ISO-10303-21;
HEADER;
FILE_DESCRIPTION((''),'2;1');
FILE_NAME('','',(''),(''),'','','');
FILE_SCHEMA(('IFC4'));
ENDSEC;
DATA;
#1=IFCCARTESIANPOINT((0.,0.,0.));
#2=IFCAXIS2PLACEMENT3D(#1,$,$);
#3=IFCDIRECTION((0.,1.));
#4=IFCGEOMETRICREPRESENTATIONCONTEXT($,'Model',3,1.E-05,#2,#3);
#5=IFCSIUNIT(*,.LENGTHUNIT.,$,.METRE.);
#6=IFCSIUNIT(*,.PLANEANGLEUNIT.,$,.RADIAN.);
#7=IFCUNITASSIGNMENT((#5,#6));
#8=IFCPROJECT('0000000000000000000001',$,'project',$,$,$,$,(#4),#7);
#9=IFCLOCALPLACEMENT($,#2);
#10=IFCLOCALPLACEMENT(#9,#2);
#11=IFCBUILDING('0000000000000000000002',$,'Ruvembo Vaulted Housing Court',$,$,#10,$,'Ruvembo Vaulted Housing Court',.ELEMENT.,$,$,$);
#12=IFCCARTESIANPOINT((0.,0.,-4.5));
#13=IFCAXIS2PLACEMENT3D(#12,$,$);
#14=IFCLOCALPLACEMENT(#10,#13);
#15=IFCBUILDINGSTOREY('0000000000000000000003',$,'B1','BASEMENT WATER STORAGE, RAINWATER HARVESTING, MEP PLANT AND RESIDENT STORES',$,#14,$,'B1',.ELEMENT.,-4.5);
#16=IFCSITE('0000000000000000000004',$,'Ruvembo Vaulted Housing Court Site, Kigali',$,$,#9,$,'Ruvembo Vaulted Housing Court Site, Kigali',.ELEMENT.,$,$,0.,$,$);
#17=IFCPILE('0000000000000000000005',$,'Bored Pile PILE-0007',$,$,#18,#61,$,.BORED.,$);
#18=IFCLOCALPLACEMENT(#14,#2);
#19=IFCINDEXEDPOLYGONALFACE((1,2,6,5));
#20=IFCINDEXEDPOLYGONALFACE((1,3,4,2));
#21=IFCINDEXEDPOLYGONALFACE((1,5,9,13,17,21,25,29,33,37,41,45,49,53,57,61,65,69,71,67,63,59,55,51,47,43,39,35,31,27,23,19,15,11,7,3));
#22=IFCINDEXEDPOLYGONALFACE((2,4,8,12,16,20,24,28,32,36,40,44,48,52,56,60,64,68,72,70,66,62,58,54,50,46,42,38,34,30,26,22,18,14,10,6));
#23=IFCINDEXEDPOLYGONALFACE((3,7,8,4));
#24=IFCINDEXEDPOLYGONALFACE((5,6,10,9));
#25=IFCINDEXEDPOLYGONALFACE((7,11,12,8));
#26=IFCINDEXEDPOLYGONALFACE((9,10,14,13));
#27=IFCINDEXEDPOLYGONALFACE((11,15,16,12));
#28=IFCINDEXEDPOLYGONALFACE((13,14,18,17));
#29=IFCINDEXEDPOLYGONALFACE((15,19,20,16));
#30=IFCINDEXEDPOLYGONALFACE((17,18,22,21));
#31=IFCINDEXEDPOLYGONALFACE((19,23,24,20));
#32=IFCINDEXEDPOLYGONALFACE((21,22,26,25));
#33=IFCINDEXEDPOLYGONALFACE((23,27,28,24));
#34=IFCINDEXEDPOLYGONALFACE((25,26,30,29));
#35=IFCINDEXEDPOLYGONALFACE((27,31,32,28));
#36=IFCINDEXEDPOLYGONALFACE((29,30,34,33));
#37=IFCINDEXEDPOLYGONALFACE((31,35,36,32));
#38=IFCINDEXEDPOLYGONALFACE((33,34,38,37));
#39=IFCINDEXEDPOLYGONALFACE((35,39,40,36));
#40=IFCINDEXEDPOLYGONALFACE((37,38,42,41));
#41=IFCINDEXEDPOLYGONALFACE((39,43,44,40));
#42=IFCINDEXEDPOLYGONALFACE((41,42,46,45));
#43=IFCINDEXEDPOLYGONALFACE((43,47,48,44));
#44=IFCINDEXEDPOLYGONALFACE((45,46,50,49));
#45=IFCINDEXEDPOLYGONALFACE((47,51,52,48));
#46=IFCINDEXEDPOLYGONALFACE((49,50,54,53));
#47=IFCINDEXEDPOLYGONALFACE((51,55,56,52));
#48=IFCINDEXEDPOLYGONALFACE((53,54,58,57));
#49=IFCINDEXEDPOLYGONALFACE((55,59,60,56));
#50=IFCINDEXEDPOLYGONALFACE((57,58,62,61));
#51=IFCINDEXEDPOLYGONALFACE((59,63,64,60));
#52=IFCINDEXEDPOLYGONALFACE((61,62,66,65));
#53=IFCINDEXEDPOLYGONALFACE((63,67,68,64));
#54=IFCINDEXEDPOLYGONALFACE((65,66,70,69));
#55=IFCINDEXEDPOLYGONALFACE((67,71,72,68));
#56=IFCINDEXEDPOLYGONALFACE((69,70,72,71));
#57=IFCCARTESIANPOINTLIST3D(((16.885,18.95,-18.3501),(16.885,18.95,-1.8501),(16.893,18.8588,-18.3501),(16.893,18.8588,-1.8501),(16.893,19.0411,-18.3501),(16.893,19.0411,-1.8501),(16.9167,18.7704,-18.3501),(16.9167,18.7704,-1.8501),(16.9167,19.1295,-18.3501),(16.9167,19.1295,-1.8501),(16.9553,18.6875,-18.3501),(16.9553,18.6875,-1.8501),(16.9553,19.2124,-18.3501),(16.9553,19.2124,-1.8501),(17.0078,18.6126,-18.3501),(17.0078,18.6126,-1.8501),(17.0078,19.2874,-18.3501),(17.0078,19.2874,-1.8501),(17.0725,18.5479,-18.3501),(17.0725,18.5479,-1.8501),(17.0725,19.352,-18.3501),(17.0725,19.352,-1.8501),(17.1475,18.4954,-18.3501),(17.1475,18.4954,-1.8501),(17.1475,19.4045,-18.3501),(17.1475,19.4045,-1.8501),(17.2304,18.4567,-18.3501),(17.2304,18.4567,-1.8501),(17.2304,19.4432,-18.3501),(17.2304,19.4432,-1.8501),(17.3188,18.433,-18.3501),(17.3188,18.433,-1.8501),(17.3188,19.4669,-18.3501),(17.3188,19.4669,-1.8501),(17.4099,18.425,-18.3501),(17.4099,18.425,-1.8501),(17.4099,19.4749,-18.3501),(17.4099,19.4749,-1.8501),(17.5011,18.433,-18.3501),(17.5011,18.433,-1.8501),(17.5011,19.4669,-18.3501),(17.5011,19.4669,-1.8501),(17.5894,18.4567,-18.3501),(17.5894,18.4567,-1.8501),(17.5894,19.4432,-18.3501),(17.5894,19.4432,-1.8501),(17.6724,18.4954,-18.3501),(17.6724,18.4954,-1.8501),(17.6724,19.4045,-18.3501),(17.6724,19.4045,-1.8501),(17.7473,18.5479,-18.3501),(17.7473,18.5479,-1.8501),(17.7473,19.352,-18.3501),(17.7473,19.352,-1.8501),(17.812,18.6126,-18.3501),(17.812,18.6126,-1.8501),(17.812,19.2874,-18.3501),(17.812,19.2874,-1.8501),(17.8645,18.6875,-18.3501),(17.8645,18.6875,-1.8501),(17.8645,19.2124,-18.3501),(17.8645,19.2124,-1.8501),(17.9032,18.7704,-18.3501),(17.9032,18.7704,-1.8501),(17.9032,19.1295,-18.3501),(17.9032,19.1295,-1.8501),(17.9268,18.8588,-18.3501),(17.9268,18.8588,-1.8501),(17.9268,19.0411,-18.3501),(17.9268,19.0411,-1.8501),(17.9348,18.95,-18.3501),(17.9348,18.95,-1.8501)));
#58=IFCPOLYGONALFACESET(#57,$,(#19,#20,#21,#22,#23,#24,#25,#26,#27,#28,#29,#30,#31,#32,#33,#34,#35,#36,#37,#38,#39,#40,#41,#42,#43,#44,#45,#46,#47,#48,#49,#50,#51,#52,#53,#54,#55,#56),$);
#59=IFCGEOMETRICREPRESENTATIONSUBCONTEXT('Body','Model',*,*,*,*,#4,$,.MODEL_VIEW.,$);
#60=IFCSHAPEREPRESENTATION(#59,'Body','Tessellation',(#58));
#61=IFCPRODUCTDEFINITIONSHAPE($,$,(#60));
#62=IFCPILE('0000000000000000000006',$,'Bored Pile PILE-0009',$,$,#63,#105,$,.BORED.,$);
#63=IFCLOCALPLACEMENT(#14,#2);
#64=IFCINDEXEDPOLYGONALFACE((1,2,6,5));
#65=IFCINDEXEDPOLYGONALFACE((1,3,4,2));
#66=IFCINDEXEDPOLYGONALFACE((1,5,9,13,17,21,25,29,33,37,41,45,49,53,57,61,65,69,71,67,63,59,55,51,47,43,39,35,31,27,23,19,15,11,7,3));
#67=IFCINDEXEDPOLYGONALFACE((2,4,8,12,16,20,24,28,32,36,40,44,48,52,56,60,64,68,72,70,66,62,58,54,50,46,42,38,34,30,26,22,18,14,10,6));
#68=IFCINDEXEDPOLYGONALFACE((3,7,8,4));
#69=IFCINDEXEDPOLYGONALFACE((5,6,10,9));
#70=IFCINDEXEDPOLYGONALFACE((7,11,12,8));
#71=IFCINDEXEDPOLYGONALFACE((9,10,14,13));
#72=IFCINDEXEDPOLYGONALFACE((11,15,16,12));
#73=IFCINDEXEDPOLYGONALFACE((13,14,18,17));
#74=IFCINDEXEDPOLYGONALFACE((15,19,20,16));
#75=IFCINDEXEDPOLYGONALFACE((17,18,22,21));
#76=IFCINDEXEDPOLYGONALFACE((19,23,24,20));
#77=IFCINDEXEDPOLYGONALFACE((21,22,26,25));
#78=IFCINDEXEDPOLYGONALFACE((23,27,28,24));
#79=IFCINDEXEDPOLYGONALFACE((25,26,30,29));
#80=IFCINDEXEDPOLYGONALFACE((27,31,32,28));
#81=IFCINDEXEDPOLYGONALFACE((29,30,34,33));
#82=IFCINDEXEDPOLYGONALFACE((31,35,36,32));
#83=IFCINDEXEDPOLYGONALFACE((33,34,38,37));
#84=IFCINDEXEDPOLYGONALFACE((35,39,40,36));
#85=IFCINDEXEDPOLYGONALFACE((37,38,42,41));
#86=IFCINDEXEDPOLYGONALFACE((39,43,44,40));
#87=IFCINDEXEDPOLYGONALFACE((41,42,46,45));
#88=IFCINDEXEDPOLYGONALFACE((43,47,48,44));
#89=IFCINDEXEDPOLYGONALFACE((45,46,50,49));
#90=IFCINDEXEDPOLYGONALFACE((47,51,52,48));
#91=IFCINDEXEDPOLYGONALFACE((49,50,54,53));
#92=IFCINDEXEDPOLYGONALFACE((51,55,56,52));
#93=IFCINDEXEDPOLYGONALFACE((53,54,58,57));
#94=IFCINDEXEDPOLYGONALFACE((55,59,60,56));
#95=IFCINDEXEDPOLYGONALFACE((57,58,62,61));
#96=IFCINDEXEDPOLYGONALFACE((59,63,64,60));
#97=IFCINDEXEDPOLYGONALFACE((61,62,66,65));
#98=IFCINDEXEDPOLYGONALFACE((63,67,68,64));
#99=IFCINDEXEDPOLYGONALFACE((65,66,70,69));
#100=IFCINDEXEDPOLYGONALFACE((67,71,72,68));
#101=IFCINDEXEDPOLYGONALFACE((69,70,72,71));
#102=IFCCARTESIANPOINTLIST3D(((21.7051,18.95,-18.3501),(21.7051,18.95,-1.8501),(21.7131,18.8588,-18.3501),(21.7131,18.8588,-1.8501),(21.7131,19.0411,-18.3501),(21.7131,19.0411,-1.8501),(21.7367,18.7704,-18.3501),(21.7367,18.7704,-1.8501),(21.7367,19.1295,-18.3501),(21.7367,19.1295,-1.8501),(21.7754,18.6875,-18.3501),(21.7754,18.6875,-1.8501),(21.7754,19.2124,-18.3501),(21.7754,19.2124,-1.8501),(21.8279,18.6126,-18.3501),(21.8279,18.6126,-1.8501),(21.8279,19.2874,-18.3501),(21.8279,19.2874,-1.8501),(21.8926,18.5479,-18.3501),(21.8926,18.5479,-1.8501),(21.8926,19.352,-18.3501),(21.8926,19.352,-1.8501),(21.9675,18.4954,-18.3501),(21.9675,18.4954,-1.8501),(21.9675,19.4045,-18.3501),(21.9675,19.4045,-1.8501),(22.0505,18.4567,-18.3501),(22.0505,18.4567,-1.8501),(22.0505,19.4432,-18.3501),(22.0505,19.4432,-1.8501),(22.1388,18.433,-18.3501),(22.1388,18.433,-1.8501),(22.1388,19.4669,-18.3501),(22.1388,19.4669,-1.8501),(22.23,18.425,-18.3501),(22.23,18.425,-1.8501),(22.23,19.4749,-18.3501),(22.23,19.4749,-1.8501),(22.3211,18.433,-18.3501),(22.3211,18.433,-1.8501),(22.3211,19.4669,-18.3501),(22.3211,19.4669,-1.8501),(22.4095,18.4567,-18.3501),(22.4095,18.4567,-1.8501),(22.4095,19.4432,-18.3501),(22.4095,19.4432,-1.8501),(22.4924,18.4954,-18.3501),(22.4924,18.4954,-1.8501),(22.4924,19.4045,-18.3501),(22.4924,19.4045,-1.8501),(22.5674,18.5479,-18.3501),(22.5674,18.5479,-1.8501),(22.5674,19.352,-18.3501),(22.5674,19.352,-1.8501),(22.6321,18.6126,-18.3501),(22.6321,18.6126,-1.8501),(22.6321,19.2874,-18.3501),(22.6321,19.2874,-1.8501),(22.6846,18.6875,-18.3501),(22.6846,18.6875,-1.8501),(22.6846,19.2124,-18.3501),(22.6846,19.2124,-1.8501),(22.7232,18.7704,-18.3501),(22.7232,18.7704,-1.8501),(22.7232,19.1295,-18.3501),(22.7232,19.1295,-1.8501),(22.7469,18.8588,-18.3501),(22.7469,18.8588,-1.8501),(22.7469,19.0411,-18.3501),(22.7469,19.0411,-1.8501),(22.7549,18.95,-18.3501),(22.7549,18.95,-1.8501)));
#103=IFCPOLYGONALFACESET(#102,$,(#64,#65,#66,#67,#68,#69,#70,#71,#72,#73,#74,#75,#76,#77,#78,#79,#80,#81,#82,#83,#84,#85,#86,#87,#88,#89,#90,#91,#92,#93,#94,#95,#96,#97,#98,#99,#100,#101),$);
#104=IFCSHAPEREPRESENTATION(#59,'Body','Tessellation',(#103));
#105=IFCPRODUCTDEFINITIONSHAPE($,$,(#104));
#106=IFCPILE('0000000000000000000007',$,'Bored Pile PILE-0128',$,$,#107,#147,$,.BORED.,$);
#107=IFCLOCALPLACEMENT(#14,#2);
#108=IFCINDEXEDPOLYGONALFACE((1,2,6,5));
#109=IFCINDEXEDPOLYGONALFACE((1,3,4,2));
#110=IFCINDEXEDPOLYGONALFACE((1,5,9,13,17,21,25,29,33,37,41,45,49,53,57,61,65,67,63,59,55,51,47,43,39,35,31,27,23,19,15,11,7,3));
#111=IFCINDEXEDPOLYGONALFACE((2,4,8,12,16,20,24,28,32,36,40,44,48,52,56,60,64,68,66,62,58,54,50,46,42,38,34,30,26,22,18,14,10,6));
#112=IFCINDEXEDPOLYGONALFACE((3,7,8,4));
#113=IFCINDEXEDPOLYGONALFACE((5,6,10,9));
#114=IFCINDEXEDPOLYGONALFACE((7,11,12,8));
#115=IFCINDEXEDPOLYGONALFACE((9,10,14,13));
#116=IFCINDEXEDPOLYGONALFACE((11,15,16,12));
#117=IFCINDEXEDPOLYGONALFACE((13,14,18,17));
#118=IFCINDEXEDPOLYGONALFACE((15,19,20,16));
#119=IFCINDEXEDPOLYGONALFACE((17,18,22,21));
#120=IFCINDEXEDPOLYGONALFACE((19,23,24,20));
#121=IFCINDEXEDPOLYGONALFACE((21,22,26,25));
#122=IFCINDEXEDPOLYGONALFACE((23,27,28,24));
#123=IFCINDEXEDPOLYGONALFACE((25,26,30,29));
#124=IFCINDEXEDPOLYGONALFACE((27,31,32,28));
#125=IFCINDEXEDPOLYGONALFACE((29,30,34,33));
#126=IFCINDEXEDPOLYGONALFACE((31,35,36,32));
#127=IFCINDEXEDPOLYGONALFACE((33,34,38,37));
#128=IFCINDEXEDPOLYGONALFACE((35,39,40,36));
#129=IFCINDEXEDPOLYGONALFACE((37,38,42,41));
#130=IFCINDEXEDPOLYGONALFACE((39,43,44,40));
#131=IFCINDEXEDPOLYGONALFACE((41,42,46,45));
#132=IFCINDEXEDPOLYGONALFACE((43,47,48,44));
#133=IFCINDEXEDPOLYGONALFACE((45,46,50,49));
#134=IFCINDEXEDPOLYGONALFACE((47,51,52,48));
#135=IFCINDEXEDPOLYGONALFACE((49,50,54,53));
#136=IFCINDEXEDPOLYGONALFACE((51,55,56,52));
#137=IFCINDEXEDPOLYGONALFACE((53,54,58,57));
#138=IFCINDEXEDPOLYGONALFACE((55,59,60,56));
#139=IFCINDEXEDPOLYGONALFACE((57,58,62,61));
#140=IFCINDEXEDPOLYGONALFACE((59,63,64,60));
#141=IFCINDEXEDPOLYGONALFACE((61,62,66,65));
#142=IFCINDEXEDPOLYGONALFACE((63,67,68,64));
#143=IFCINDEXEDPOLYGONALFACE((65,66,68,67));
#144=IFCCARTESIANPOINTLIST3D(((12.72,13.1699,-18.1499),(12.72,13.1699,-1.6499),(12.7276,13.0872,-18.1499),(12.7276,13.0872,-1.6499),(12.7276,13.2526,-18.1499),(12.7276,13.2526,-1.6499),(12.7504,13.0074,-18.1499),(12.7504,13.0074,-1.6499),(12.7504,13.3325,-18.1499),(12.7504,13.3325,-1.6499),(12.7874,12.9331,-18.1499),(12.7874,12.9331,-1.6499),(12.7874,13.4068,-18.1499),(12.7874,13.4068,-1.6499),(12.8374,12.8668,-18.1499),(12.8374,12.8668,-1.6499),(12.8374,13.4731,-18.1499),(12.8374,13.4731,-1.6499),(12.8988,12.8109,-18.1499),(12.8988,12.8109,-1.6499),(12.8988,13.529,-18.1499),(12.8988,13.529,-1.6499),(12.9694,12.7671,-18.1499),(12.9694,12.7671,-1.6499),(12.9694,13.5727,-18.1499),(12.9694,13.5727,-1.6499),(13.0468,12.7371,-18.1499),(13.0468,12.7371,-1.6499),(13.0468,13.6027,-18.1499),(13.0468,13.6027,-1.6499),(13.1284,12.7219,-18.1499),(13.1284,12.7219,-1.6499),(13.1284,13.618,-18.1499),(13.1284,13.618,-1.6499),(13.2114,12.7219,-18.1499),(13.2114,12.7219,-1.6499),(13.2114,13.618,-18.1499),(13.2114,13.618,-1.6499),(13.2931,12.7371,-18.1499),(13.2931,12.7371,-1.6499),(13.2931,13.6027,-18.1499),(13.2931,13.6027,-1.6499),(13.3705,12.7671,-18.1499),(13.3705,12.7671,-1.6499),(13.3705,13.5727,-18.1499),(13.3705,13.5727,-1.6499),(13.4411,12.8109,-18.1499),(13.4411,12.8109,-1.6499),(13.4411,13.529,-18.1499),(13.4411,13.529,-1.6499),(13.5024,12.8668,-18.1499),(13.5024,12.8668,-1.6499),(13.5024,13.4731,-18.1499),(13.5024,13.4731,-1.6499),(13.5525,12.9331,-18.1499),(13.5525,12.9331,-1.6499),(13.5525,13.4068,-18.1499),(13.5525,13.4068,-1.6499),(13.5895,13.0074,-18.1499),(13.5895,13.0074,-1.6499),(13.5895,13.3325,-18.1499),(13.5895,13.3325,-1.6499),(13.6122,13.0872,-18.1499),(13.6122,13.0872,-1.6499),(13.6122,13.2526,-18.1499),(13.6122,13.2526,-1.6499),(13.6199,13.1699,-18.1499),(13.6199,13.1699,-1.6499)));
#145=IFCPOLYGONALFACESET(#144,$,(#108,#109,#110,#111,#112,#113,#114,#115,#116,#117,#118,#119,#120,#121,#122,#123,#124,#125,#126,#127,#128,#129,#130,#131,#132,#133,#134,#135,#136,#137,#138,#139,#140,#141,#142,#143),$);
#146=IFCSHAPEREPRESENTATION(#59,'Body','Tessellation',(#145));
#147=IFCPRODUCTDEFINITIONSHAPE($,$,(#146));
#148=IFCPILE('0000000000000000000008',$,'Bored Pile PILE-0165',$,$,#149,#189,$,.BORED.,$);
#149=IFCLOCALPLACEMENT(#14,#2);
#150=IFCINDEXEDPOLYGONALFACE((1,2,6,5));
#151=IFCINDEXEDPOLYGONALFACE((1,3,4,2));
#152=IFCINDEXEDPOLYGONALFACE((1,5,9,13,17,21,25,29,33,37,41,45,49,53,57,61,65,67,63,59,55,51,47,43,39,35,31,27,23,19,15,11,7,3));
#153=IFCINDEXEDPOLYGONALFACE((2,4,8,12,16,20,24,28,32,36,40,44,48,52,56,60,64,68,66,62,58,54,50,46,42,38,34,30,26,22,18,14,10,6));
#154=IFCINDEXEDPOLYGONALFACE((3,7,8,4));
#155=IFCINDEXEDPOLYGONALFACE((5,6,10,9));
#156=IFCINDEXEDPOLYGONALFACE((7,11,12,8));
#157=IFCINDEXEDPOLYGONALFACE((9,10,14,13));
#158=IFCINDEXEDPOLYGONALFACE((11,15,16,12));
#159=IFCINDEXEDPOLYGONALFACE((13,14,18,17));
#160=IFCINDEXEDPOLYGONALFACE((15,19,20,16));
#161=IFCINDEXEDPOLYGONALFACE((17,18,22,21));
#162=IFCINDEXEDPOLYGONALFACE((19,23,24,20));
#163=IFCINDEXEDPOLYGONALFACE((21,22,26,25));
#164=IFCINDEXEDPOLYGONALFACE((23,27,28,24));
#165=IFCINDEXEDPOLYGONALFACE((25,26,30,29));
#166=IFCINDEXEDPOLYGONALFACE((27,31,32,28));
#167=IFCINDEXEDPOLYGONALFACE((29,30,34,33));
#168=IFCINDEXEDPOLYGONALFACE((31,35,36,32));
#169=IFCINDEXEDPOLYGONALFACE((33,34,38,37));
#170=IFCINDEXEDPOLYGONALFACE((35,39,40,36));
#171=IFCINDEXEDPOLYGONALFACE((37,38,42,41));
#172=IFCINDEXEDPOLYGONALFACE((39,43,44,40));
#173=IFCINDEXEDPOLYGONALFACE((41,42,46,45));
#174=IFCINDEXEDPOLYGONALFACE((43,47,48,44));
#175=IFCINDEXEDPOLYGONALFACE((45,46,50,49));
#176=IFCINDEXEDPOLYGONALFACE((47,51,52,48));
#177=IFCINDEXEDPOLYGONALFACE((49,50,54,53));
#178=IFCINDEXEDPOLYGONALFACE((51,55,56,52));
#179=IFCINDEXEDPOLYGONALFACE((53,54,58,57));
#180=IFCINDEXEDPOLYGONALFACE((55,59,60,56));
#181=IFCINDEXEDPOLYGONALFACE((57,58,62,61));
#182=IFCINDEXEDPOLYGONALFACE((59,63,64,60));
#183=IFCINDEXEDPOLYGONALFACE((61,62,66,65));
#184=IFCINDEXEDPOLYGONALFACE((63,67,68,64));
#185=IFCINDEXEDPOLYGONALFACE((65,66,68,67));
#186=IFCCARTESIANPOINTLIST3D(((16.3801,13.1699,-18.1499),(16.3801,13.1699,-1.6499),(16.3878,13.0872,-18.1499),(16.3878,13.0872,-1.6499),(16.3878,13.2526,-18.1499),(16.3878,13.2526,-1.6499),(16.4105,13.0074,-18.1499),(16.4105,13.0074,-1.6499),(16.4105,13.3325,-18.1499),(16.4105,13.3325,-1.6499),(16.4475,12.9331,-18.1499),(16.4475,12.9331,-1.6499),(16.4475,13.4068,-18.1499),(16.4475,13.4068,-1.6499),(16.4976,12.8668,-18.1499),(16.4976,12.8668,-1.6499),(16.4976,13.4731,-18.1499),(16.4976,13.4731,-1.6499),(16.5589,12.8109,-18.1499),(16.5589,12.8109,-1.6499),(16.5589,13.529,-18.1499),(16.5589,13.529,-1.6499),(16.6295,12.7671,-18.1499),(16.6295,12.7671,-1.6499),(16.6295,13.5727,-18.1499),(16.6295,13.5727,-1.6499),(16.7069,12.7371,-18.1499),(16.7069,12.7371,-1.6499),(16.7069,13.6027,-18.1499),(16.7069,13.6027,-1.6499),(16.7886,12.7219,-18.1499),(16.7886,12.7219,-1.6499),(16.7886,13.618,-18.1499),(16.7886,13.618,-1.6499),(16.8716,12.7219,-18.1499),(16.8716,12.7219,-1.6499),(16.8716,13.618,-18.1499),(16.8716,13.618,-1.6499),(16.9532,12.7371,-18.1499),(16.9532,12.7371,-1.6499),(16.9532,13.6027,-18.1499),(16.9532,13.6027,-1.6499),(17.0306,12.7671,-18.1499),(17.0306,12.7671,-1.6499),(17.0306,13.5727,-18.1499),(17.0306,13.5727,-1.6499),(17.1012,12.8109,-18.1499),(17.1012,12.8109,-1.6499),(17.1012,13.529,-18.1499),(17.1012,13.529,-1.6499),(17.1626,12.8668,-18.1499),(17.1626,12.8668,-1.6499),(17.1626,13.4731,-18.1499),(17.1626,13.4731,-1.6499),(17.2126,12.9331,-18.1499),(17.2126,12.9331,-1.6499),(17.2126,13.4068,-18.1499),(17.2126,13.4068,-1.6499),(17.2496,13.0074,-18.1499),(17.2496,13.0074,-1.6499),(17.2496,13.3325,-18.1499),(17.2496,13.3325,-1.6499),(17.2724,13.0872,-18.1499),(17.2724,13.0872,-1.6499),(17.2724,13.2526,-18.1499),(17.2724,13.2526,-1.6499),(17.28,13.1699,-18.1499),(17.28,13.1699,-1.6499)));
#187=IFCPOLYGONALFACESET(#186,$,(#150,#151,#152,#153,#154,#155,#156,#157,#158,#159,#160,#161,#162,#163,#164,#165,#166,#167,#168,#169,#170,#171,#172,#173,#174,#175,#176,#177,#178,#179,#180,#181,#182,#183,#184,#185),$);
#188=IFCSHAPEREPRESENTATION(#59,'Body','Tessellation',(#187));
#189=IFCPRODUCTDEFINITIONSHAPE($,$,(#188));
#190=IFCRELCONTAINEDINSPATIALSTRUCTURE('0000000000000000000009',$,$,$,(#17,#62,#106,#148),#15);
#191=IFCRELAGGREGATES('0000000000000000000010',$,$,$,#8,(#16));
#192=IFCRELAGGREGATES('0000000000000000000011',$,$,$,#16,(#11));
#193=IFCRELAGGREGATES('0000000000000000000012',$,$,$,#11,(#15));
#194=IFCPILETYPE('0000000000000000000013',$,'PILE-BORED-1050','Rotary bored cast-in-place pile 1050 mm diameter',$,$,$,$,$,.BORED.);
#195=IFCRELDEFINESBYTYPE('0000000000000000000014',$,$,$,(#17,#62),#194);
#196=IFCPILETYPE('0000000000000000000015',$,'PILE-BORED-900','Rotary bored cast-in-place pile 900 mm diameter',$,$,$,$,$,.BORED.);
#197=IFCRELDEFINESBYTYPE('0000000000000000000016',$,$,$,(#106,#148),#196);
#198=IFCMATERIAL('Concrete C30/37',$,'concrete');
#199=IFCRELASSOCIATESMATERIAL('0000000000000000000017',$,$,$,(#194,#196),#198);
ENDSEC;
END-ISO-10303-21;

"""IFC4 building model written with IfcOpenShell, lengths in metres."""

from ifc_helpers import new_model, si_unit, direction, frame, origin, origin_2d, place, context, subcontext, project, spatial, circle, extrude, material, material_profile, profile_set, type_object, element, save


model = new_model("IFC4")

# Units and contexts
model_context = context("Model", 3, precision=1e-05, world=origin(), true_north=direction((0.0, 1.0)))
body_context = subcontext(model_context, "Body", "Model", "MODEL_VIEW")
ifc_project = project(units=[si_unit("LENGTHUNIT", "METRE"), si_unit("PLANEANGLEUNIT", "RADIAN")], contexts=[model_context])

# Site, building, storey
site_placement = place(None, origin())
site = spatial("IfcSite", under=ifc_project, at=site_placement, Name="Ruvembo Vaulted Housing Court Site, Kigali", LongName="Ruvembo Vaulted Housing Court Site, Kigali", CompositionType="ELEMENT", RefElevation=0.0)
building_placement = place(site_placement, origin())
building = spatial("IfcBuilding", under=site, at=building_placement, Name="Ruvembo Vaulted Housing Court", LongName="Ruvembo Vaulted Housing Court", CompositionType="ELEMENT")
storey_placement = place(building_placement, frame((0.0, 0.0, -4.5)))
storey = spatial("IfcBuildingStorey", under=building, at=storey_placement, Name="B1", Description="BASEMENT WATER STORAGE, RAINWATER HARVESTING, MEP PLANT AND RESIDENT STORES", LongName="B1", CompositionType="ELEMENT", Elevation=-4.5)

# Piles
ifc_material_1 = material(Name="Concrete C30/37", Category="concrete")
ifc_material_profile_1 = material_profile(ifc_material_1, circle(Radius=0.5249, at=origin_2d()), Name="PILE D1050")
ifc_profile_set_1 = profile_set([ifc_material_profile_1], Name="Concrete C30/37")
pile_type_1 = type_object("IfcPileType", Name="PILE-BORED-1050", Description="Rotary bored cast-in-place pile 1050 mm diameter", PredefinedType="BORED", material=ifc_profile_set_1)
for number, where, z_axis, x_axis, name in (
    (1, (17.4099, 18.95, -1.8501), (0.0, 0.0, -1.0), (1.0, 0.0, 0.0), "Bored Pile PILE-0007"),
    (2, (22.23, 18.95, -1.8501), (0.0, 0.0, -1.0), (1.0, 0.0, 0.0), "Bored Pile PILE-0009"),
):
    element("IfcPile", number, at=place(storey_placement, frame(where, z_axis=z_axis, x_axis=x_axis)), inside=storey, type_object=pile_type_1, Name=name, PredefinedType="BORED", context=body_context, shape_type="SweptSolid", body=[
        extrude(circle(Radius=0.5249, at=origin_2d()), origin(), (0.0, 0.0, 1.0), 16.5),
    ])
ifc_material_profile_2 = material_profile(ifc_material_1, circle(Radius=0.45, at=origin_2d()), Name="PILE D900")
ifc_profile_set_2 = profile_set([ifc_material_profile_2], Name="Concrete C30/37")
pile_type_2 = type_object("IfcPileType", Name="PILE-BORED-900", Description="Rotary bored cast-in-place pile 900 mm diameter", PredefinedType="BORED", material=ifc_profile_set_2)
for number, where, z_axis, x_axis, name in (
    (3, (13.1699, 13.1699, -1.6499), (0.0, 0.0, -1.0), (1.0, 0.0, 0.0), "Bored Pile PILE-0128"),
    (4, (16.8301, 13.1699, -1.6499), (0.0, 0.0, -1.0), (1.0, 0.0, 0.0), "Bored Pile PILE-0165"),
):
    element("IfcPile", number, at=place(storey_placement, frame(where, z_axis=z_axis, x_axis=x_axis)), inside=storey, type_object=pile_type_2, Name=name, PredefinedType="BORED", context=body_context, shape_type="SweptSolid", body=[
        extrude(circle(Radius=0.45, at=origin_2d()), origin(), (0.0, 0.0, 1.0), 16.5),
    ])

save(model, "model.ifc")
